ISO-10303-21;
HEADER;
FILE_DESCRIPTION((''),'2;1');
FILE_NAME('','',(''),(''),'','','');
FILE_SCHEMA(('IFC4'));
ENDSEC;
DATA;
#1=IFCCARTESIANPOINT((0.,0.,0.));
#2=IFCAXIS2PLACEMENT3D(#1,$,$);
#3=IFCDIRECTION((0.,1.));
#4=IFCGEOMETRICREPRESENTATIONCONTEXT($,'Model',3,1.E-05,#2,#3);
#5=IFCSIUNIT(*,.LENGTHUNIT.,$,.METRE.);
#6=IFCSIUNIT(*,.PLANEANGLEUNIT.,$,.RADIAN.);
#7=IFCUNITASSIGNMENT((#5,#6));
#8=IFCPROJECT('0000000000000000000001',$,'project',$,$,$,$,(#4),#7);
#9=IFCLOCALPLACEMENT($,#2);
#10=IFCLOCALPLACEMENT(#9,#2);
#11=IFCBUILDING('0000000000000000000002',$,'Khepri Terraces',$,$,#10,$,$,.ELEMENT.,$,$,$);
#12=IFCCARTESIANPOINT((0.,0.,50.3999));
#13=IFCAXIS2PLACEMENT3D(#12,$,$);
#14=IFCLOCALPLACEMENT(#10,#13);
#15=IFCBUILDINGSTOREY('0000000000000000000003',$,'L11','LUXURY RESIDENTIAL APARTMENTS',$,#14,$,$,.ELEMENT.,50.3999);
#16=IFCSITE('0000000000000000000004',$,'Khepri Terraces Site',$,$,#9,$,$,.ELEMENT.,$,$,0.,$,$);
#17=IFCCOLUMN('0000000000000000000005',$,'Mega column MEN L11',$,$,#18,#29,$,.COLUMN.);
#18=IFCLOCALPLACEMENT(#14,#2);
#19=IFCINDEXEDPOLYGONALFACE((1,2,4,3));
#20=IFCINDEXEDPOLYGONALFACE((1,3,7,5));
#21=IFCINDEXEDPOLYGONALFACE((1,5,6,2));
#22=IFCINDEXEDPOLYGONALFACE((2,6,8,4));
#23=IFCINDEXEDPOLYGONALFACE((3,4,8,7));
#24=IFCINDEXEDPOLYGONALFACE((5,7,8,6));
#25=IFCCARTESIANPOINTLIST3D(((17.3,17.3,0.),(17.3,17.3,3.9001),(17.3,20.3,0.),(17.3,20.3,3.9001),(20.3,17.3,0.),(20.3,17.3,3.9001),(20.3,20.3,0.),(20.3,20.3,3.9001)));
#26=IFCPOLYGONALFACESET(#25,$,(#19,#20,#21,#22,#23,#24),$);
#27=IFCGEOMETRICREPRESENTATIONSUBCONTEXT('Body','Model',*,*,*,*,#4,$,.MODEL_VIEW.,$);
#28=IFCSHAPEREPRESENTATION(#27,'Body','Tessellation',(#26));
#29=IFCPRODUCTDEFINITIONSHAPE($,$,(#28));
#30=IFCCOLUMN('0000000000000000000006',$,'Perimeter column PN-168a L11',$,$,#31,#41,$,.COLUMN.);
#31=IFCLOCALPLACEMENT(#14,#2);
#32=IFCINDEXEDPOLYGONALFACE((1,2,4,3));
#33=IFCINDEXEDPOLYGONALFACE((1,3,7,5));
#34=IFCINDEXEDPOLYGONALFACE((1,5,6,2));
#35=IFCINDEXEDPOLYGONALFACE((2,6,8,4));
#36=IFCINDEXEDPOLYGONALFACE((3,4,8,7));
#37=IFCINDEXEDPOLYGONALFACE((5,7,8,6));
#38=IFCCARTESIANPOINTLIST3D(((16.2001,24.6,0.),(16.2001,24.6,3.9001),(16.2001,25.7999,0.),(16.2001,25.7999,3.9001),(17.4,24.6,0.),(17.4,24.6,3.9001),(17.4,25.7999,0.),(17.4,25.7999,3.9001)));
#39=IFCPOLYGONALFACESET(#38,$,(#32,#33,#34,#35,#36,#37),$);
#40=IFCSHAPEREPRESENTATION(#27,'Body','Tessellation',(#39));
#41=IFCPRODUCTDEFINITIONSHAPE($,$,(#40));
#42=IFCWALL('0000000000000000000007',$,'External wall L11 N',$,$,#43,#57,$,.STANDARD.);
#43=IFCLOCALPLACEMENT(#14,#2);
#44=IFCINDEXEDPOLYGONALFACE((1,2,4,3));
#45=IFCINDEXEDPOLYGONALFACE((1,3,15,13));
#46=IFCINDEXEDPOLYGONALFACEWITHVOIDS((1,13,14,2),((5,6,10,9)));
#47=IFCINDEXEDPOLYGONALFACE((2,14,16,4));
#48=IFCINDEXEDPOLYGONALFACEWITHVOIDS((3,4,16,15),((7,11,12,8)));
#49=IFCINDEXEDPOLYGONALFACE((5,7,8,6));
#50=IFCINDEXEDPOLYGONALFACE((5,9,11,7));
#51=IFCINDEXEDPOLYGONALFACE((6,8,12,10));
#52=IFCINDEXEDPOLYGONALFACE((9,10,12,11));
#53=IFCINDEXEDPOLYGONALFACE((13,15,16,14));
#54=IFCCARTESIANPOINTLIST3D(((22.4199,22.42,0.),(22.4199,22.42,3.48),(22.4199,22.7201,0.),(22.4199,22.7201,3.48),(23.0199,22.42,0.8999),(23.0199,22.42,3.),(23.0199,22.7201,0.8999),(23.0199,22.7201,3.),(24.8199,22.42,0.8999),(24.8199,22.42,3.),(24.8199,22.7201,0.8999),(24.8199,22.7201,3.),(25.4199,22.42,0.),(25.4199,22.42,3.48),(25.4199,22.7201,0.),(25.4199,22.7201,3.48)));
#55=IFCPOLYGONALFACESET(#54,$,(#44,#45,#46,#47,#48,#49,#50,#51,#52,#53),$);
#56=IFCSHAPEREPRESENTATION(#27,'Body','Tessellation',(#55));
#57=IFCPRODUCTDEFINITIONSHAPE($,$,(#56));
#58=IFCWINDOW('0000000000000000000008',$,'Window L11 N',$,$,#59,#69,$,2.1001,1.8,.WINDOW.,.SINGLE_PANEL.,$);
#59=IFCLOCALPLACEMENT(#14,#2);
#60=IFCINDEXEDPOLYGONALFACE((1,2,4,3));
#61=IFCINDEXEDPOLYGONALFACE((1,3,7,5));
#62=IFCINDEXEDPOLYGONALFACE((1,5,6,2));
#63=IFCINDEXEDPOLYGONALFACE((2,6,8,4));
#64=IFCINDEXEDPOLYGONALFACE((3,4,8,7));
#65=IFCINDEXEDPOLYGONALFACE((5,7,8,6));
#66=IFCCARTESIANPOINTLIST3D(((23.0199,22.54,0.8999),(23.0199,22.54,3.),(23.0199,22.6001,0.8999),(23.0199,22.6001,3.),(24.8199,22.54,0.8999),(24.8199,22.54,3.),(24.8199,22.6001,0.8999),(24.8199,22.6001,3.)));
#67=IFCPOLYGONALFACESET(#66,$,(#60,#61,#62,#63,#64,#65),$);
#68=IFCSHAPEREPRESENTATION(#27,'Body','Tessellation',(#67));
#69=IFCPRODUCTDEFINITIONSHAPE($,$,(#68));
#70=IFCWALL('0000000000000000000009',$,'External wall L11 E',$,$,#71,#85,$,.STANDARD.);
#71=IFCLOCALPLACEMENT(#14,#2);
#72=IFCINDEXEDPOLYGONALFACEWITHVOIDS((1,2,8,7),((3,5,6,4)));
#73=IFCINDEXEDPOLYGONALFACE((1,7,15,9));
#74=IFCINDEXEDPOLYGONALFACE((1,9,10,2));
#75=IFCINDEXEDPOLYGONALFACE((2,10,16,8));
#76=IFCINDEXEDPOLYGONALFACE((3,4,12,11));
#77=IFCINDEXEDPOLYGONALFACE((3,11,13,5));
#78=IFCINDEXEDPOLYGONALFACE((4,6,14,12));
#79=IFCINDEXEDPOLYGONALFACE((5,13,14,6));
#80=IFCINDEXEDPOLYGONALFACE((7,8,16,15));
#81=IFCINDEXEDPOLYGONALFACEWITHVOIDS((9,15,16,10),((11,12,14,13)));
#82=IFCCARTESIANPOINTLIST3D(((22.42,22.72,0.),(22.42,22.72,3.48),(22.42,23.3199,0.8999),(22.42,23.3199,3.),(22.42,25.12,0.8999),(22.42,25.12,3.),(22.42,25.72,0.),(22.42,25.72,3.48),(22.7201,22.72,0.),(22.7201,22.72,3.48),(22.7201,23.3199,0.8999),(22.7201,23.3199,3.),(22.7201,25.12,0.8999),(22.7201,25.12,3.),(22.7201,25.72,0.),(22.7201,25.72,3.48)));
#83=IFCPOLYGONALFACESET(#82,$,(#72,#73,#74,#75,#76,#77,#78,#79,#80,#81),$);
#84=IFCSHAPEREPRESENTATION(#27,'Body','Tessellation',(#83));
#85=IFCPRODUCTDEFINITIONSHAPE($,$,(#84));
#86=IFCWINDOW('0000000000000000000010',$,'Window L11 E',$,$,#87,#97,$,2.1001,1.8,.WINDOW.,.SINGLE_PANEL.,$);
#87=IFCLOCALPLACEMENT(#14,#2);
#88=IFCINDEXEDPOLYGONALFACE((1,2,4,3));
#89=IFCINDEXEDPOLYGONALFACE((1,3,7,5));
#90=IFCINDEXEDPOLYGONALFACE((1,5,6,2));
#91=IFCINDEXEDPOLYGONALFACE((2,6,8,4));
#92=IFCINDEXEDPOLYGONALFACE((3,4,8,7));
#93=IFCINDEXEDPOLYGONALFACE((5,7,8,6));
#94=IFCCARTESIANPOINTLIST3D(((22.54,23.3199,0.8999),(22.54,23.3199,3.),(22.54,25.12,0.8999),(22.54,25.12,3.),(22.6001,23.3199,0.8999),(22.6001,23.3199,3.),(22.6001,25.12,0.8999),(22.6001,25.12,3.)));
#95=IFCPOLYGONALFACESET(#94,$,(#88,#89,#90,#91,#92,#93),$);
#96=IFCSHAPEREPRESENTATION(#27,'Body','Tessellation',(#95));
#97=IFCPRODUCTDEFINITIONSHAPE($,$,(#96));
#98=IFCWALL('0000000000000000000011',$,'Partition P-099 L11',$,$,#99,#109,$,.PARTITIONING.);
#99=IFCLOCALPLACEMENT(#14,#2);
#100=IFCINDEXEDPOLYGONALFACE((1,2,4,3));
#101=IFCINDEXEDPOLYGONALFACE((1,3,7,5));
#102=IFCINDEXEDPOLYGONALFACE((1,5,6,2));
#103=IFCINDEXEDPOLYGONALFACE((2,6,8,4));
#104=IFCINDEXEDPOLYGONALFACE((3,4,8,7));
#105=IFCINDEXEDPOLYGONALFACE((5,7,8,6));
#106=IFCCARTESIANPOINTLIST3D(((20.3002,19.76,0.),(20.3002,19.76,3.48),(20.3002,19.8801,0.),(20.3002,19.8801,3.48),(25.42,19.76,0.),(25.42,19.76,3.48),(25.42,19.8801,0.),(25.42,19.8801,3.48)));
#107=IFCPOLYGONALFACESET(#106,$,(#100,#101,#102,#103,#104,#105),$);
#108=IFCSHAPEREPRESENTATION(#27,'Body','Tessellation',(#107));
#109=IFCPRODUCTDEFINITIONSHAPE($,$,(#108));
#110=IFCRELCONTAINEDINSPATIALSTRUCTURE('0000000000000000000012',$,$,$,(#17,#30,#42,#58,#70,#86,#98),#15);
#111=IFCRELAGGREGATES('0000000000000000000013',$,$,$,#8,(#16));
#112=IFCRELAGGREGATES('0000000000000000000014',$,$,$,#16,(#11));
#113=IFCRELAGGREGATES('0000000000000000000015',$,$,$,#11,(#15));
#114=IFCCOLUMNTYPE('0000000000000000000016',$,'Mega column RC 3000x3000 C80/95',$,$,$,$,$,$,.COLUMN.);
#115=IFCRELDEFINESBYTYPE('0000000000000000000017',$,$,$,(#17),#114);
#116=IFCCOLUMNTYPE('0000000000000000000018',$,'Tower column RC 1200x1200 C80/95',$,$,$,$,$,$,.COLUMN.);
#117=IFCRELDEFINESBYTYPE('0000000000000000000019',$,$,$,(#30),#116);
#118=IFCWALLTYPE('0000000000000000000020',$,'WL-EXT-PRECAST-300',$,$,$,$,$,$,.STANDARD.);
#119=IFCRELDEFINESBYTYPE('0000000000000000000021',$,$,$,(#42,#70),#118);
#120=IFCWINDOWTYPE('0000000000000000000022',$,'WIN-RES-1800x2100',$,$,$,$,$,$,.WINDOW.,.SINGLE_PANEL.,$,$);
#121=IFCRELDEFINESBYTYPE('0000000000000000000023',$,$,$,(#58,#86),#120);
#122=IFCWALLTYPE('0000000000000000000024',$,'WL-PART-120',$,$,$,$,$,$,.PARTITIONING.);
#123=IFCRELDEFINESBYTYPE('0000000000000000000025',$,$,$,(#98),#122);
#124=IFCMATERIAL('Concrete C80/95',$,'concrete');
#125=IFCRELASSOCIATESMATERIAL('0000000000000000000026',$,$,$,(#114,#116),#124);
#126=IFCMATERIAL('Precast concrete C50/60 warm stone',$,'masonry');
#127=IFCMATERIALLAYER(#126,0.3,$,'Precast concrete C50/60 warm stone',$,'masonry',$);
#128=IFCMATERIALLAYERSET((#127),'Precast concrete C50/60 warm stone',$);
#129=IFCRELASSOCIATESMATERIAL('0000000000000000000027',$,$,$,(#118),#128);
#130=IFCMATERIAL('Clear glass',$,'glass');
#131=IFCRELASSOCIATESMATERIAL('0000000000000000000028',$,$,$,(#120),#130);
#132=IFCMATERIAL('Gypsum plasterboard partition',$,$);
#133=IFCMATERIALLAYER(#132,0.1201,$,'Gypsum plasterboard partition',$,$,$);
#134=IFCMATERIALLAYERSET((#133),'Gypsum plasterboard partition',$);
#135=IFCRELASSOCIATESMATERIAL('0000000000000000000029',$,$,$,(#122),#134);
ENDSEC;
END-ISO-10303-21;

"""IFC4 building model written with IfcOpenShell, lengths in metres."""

from ifc_helpers import new_model, si_unit, direction, frame, frame_2d, origin, origin_2d, place, context, subcontext, project, spatial, rectangle, extrude, material, layer, layer_set, material_profile, profile_set, type_object, element, fill, save


model = new_model("IFC4")

# Units and contexts
model_context = context("Model", 3, precision=1e-05, world=origin(), true_north=direction((0.0, 1.0)))
body_context = subcontext(model_context, "Body", "Model", "MODEL_VIEW")
ifc_project = project(units=[si_unit("LENGTHUNIT", "METRE"), si_unit("PLANEANGLEUNIT", "RADIAN")], contexts=[model_context])

# Site, building, storey
site_placement = place(None, origin())
site = spatial("IfcSite", under=ifc_project, at=site_placement, Name="Khepri Terraces Site", CompositionType="ELEMENT", RefElevation=0.0)
building_placement = place(site_placement, origin())
building = spatial("IfcBuilding", under=site, at=building_placement, Name="Khepri Terraces", CompositionType="ELEMENT")
storey_placement = place(building_placement, frame((0.0, 0.0, 50.3999)))
storey = spatial("IfcBuildingStorey", under=building, at=storey_placement, Name="L11", Description="LUXURY RESIDENTIAL APARTMENTS", CompositionType="ELEMENT", Elevation=50.3999)

# Columns
ifc_material_1 = material(Name="Concrete C80/95", Category="concrete")
ifc_material_profile_1 = material_profile(ifc_material_1, rectangle(XDim=3.0, YDim=3.0, at=origin_2d()), Name="Concrete C80/95", Category="concrete")
ifc_profile_set_1 = profile_set([ifc_material_profile_1], Name="Concrete C80/95")
column_type_1 = type_object("IfcColumnType", Name="Mega column RC 3000x3000 C80/95", PredefinedType="COLUMN", material=ifc_profile_set_1)
column_1_placement = place(storey_placement, frame((18.8, 18.8, 0.0), z_axis=(0.0, 0.0, 1.0), x_axis=(1.0, 0.0, 0.0)))
element("IfcColumn", 1, at=column_1_placement, inside=storey, type_object=column_type_1, Name="Mega column MEN L11", PredefinedType="COLUMN", context=body_context, shape_type="SweptSolid", body=[
    extrude(rectangle(XDim=3.0, YDim=3.0, at=origin_2d()), origin(), (0.0, 0.0, 1.0), 3.9001),
])
ifc_material_profile_2 = material_profile(ifc_material_1, rectangle(XDim=1.2, YDim=1.2, at=origin_2d()), Name="Concrete C80/95", Category="concrete")
ifc_profile_set_2 = profile_set([ifc_material_profile_2], Name="Concrete C80/95")
column_type_2 = type_object("IfcColumnType", Name="Tower column RC 1200x1200 C80/95", PredefinedType="COLUMN", material=ifc_profile_set_2)
column_2_placement = place(storey_placement, frame((16.8, 25.2, 0.0), z_axis=(0.0, 0.0, 1.0), x_axis=(1.0, 0.0, 0.0)))
element("IfcColumn", 2, at=column_2_placement, inside=storey, type_object=column_type_2, Name="Perimeter column PN-168a L11", PredefinedType="COLUMN", context=body_context, shape_type="SweptSolid", body=[
    extrude(rectangle(XDim=1.2, YDim=1.2, at=origin_2d()), origin(), (0.0, 0.0, 1.0), 3.9001),
])

# Walls, openings, windows
ifc_material_2 = material(Name="Precast concrete C50/60 warm stone", Category="masonry")
ifc_layer_1 = layer(ifc_material_2, 0.3, Name="Precast concrete C50/60 warm stone", Category="masonry")
ifc_layer_set_1 = layer_set([ifc_layer_1], Name="Precast concrete C50/60 warm stone")
wall_type_1 = type_object("IfcWallType", Name="WL-EXT-PRECAST-300", PredefinedType="STANDARD", material=ifc_layer_set_1)
wall_1_placement = place(storey_placement, frame((25.4199, 22.5701, 0.0), z_axis=(0.0, 0.0, 1.0), x_axis=(-1.0, 0.0, 0.0)))
wall_1 = element("IfcWall", 3, at=wall_1_placement, inside=storey, type_object=wall_type_1, Name="External wall L11 N", PredefinedType="STANDARD", context=body_context, shape_type="SweptSolid", body=[
    extrude(rectangle(XDim=3.0, YDim=0.3, at=frame_2d((1.5, 0.0))), origin(), (0.0, 0.0, 1.0), 3.48),
])
opening_1_placement = place(wall_1_placement, frame((0.6001, 0.0, 0.8999)))
opening_1 = element("IfcOpeningElement", 4, at=opening_1_placement, cuts=wall_1, PredefinedType="OPENING", context=body_context, shape_type="SweptSolid", body=[
    extrude(rectangle(XDim=1.8, YDim=2.1001, at=frame_2d((0.8999, 1.05))), frame((0.0, 0.1602, 0.0), z_axis=(0.0, -1.0, 0.0), x_axis=(1.0, 0.0, 0.0)), (0.0, 0.0, 1.0), 0.3201),
])
ifc_material_3 = material(Name="Clear glass", Category="glass")
window_type = type_object("IfcWindowType", Name="WIN-RES-1800x2100", PartitioningType="SINGLE_PANEL", PredefinedType="WINDOW", material=ifc_material_3)
window_1_placement = place(opening_1_placement, origin())
window_1 = element("IfcWindow", 5, at=window_1_placement, inside=storey, type_object=window_type, Name="Window L11 N", OverallHeight=2.1001, OverallWidth=1.8, PartitioningType="SINGLE_PANEL", PredefinedType="WINDOW", context=body_context, shape_type="SweptSolid", body=[
    extrude(rectangle(XDim=1.8, YDim=2.1001, at=frame_2d((0.8999, 1.05))), frame((0.0, 0.03, 0.0), z_axis=(0.0, -1.0, 0.0), x_axis=(1.0, 0.0, 0.0)), (0.0, 0.0, 1.0), 0.0601),
])
fill(opening_1, window_1)
wall_2_placement = place(storey_placement, frame((22.5701, 22.72, 0.0), z_axis=(0.0, 0.0, 1.0), x_axis=(0.0, 1.0, 0.0)))
wall_2 = element("IfcWall", 6, at=wall_2_placement, inside=storey, type_object=wall_type_1, Name="External wall L11 E", PredefinedType="STANDARD", context=body_context, shape_type="SweptSolid", body=[
    extrude(rectangle(XDim=3.0, YDim=0.3, at=frame_2d((1.5, 0.0))), origin(), (0.0, 0.0, 1.0), 3.48),
])
opening_2_placement = place(wall_2_placement, frame((0.6001, 0.0, 0.8999)))
opening_2 = element("IfcOpeningElement", 7, at=opening_2_placement, cuts=wall_2, PredefinedType="OPENING", context=body_context, shape_type="SweptSolid", body=[
    extrude(rectangle(XDim=1.8, YDim=2.1001, at=frame_2d((0.8999, 1.05))), frame((0.0, 0.1602, 0.0), z_axis=(0.0, -1.0, 0.0), x_axis=(1.0, 0.0, 0.0)), (0.0, 0.0, 1.0), 0.3201),
])
window_2_placement = place(opening_2_placement, origin())
window_2 = element("IfcWindow", 8, at=window_2_placement, inside=storey, type_object=window_type, Name="Window L11 E", OverallHeight=2.1001, OverallWidth=1.8, PartitioningType="SINGLE_PANEL", PredefinedType="WINDOW", context=body_context, shape_type="SweptSolid", body=[
    extrude(rectangle(XDim=1.8, YDim=2.1001, at=frame_2d((0.8999, 1.05))), frame((0.0, 0.03, 0.0), z_axis=(0.0, -1.0, 0.0), x_axis=(1.0, 0.0, 0.0)), (0.0, 0.0, 1.0), 0.0601),
])
fill(opening_2, window_2)

# Wall
ifc_material_4 = material(Name="Gypsum plasterboard partition")
ifc_layer_2 = layer(ifc_material_4, 0.1201, Name="Gypsum plasterboard partition")
ifc_layer_set_2 = layer_set([ifc_layer_2], Name="Gypsum plasterboard partition")
wall_type_2 = type_object("IfcWallType", Name="WL-PART-120", PredefinedType="PARTITIONING", material=ifc_layer_set_2)
wall_3_placement = place(storey_placement, frame((20.3, 19.8201, 0.0), z_axis=(0.0, 0.0, 1.0), x_axis=(1.0, 0.0, 0.0)))
element("IfcWall", 9, at=wall_3_placement, inside=storey, type_object=wall_type_2, Name="Partition P-099 L11", PredefinedType="PARTITIONING", context=body_context, shape_type="SweptSolid", body=[
    extrude(rectangle(XDim=5.1199, YDim=0.1201, at=frame_2d((2.5601, 0.0))), origin(), (0.0, 0.0, 1.0), 3.48),
])

save(model, "model.ifc")
